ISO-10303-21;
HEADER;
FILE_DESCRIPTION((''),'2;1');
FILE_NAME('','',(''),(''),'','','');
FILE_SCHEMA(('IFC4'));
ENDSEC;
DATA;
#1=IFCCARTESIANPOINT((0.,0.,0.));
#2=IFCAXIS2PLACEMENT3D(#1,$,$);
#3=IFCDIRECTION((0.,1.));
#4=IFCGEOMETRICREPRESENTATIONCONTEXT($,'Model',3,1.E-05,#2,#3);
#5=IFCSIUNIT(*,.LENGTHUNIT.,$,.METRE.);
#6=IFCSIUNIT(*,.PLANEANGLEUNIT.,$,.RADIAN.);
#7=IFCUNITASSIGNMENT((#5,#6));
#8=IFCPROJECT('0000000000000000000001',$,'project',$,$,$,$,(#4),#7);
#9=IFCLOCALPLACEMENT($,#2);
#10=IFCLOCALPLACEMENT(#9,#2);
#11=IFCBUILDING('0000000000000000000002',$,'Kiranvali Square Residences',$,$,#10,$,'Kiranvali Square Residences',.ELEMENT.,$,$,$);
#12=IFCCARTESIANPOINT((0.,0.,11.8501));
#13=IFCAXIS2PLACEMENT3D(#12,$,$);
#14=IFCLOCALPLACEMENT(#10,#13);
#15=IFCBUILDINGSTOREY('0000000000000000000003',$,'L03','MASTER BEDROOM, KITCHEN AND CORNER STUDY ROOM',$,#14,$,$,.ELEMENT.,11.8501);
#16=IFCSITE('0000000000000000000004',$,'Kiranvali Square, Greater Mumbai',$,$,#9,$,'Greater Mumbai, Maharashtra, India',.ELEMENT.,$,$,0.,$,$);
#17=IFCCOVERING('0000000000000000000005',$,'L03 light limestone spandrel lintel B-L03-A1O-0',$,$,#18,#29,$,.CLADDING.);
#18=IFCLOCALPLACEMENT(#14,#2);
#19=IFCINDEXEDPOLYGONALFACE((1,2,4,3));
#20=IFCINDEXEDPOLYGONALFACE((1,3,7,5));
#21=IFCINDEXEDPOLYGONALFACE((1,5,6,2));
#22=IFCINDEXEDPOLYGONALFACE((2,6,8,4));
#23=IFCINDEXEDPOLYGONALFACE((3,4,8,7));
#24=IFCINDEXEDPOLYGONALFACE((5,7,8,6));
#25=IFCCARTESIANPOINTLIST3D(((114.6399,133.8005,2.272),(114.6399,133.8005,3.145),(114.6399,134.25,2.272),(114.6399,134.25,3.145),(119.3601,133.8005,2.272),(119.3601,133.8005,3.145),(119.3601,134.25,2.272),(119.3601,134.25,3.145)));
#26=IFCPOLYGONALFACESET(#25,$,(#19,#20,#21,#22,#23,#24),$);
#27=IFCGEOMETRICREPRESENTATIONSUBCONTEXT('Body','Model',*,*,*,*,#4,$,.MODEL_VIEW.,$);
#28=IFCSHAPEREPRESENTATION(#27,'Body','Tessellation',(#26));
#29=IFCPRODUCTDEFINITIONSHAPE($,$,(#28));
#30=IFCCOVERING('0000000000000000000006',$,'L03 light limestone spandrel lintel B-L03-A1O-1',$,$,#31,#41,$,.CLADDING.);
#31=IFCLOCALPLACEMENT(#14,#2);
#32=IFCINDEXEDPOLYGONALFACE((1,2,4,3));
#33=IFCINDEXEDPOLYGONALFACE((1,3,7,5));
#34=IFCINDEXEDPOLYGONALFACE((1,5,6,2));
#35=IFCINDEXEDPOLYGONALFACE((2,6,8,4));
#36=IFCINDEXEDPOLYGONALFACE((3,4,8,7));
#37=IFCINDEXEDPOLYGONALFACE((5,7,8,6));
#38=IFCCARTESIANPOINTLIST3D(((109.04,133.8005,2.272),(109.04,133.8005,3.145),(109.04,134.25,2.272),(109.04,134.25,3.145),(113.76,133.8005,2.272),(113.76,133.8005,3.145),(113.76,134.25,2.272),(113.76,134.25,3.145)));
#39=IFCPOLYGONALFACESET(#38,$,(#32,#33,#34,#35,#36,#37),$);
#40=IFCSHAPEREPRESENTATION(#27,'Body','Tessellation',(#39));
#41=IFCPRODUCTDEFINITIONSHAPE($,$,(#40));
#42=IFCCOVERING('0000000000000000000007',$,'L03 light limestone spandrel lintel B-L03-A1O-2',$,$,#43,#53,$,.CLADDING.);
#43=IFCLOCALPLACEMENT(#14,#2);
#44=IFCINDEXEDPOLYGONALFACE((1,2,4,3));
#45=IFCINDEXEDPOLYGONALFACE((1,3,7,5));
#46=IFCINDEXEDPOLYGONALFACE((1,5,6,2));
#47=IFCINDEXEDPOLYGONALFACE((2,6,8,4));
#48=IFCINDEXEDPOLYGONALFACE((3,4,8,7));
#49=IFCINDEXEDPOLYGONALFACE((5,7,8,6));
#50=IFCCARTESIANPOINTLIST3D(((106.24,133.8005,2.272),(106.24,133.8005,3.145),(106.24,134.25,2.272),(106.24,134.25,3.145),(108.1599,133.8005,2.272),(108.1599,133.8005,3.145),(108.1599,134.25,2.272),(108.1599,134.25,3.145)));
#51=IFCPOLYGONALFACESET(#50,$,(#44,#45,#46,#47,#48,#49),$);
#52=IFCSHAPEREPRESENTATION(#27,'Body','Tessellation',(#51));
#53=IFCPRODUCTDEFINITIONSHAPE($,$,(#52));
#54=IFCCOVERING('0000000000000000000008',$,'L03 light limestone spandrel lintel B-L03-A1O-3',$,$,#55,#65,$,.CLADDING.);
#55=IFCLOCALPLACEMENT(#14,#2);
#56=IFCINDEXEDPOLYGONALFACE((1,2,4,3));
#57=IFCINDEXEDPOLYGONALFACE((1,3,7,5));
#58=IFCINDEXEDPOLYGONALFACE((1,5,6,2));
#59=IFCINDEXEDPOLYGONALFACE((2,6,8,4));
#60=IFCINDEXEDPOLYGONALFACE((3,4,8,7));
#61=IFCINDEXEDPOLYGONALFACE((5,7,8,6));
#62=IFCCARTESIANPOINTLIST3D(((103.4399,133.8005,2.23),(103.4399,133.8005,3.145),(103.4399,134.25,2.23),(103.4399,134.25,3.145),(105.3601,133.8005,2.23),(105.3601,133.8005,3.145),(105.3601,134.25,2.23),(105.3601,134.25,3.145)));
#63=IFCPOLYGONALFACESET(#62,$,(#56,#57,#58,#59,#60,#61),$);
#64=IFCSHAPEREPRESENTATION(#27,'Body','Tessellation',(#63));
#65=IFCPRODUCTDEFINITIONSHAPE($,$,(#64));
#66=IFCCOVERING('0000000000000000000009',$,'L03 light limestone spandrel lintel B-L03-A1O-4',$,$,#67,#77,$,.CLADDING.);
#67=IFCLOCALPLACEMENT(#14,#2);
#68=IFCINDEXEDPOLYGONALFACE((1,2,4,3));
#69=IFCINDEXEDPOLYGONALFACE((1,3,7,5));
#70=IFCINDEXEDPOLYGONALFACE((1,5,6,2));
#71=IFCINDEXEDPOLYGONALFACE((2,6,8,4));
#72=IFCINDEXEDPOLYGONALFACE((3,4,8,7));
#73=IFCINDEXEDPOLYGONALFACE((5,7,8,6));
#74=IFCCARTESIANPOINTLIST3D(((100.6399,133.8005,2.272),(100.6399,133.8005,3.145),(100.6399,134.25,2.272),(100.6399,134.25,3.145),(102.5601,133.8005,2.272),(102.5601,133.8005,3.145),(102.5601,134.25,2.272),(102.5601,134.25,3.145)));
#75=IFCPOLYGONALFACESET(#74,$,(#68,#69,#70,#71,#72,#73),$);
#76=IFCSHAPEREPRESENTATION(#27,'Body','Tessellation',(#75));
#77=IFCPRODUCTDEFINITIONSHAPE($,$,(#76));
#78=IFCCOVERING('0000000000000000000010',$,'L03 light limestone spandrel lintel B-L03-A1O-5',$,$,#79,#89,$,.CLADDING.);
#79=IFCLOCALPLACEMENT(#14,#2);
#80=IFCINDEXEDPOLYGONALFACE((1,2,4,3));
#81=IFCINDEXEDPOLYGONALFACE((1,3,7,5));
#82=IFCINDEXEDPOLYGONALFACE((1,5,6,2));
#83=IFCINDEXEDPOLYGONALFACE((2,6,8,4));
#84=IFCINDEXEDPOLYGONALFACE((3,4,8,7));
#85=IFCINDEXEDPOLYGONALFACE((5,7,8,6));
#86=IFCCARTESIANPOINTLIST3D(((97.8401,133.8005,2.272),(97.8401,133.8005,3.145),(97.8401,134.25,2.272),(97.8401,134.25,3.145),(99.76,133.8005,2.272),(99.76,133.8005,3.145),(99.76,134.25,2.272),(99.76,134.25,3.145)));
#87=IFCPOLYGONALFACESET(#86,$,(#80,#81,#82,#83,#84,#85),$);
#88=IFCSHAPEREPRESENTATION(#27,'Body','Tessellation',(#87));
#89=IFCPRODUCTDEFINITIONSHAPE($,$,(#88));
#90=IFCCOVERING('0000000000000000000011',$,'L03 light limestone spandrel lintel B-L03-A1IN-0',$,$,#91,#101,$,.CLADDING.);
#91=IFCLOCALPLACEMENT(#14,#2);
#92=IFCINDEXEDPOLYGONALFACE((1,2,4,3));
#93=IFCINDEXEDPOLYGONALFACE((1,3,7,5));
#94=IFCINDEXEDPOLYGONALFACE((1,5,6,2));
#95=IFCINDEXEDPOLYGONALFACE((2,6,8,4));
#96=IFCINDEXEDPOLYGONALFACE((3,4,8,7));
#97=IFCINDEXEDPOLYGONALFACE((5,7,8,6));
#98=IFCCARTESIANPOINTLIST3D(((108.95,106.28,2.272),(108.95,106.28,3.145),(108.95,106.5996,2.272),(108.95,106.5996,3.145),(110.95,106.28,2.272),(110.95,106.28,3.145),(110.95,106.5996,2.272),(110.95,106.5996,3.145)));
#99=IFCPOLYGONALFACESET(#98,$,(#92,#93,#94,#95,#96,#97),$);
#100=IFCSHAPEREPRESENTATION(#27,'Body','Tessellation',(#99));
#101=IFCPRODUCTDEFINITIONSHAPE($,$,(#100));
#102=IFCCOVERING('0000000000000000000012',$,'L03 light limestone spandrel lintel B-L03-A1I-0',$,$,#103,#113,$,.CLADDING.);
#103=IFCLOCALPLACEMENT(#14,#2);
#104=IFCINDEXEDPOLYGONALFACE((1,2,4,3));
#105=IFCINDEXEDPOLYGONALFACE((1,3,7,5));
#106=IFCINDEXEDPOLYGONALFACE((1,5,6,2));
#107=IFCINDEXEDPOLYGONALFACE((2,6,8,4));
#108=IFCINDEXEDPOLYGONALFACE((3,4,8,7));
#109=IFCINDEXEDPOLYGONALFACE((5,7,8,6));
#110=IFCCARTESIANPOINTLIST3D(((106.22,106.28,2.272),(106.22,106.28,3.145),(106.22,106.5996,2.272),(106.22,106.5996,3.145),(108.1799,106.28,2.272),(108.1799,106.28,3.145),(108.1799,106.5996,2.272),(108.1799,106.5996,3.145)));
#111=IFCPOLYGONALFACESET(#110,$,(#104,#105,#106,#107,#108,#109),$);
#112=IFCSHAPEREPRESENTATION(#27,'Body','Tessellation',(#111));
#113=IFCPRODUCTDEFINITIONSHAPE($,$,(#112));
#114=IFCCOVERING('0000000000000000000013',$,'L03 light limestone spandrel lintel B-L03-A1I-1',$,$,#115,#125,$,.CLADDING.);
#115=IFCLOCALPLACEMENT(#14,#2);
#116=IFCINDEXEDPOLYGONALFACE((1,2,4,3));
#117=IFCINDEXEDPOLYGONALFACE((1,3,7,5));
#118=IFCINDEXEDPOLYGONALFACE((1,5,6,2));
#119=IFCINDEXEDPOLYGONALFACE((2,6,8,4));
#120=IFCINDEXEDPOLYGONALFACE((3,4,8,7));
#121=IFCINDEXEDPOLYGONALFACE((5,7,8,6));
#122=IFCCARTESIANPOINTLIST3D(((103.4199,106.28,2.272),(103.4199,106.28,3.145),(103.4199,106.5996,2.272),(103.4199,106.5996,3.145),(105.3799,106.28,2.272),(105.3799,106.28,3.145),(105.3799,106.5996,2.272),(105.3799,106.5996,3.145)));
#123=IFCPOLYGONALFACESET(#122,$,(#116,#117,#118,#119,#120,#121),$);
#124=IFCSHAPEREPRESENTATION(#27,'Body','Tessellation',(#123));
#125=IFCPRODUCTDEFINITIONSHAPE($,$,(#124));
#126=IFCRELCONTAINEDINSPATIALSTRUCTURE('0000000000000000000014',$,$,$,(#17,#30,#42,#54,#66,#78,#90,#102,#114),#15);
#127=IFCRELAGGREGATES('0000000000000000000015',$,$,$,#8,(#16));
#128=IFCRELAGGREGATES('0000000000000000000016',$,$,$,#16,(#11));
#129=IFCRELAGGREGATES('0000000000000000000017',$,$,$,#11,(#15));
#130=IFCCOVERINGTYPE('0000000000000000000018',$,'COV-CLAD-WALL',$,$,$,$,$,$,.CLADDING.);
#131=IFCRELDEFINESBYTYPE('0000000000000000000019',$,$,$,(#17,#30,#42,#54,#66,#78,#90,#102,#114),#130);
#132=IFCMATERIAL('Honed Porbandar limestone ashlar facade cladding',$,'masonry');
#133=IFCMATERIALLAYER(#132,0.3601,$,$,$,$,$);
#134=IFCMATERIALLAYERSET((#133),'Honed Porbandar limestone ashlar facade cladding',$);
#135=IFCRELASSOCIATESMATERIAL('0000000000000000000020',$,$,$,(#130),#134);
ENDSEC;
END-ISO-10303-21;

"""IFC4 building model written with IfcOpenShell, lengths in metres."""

from ifc_helpers import new_model, si_unit, direction, frame, origin, place, context, subcontext, project, spatial, polyline, outline, extrude, material, layer, layer_set, type_object, element, save


model = new_model("IFC4")

# Units and contexts
model_context = context("Model", 3, precision=1e-05, world=origin(), true_north=direction((0.0, 1.0)))
body_context = subcontext(model_context, "Body", "Model", "MODEL_VIEW")
ifc_project = project(units=[si_unit("LENGTHUNIT", "METRE"), si_unit("PLANEANGLEUNIT", "RADIAN")], contexts=[model_context])

# Site, building, storey
site_placement = place(None, origin())
site = spatial("IfcSite", under=ifc_project, at=site_placement, Name="Kiranvali Square, Greater Mumbai", LongName="Greater Mumbai, Maharashtra, India", CompositionType="ELEMENT", RefElevation=0.0)
building_placement = place(site_placement, origin())
building = spatial("IfcBuilding", under=site, at=building_placement, Name="Kiranvali Square Residences", LongName="Kiranvali Square Residences", CompositionType="ELEMENT")
storey_placement = place(building_placement, frame((0.0, 0.0, 11.8501)))
storey = spatial("IfcBuildingStorey", under=building, at=storey_placement, Name="L03", Description="MASTER BEDROOM, KITCHEN AND CORNER STUDY ROOM", CompositionType="ELEMENT", Elevation=11.8501)

# Coverings
ifc_material = material(Name="Honed Porbandar limestone ashlar facade cladding", Category="masonry")
ifc_layer = layer(ifc_material, 0.3601)
ifc_layer_set = layer_set([ifc_layer], Name="Honed Porbandar limestone ashlar facade cladding")
covering_type = type_object("IfcCoveringType", Name="COV-CLAD-WALL", PredefinedType="CLADDING", material=ifc_layer_set)
covering_1_placement = place(storey_placement, frame((0.0, 0.0, 2.272)))
element("IfcCovering", 1, at=covering_1_placement, inside=storey, type_object=covering_type, Name="L03 light limestone spandrel lintel B-L03-A1O-0", PredefinedType="CLADDING", context=body_context, shape_type="SweptSolid", body=[
    extrude(outline(polyline([(119.3601, 134.25), (114.6399, 134.25), (114.6399, 133.8005), (119.3601, 133.8005), (119.3601, 134.25)])), origin(), (0.0, 0.0, 1.0), 0.873),
])
covering_2_placement = place(storey_placement, frame((0.0, 0.0, 2.272)))
element("IfcCovering", 2, at=covering_2_placement, inside=storey, type_object=covering_type, Name="L03 light limestone spandrel lintel B-L03-A1O-1", PredefinedType="CLADDING", context=body_context, shape_type="SweptSolid", body=[
    extrude(outline(polyline([(113.76, 134.25), (109.04, 134.25), (109.04, 133.8005), (113.76, 133.8005), (113.76, 134.25)])), origin(), (0.0, 0.0, 1.0), 0.873),
])
covering_3_placement = place(storey_placement, frame((0.0, 0.0, 2.272)))
element("IfcCovering", 3, at=covering_3_placement, inside=storey, type_object=covering_type, Name="L03 light limestone spandrel lintel B-L03-A1O-2", PredefinedType="CLADDING", context=body_context, shape_type="SweptSolid", body=[
    extrude(outline(polyline([(108.1599, 134.25), (106.24, 134.25), (106.24, 133.8005), (108.1599, 133.8005), (108.1599, 134.25)])), origin(), (0.0, 0.0, 1.0), 0.873),
])
covering_4_placement = place(storey_placement, frame((0.0, 0.0, 2.23)))
element("IfcCovering", 4, at=covering_4_placement, inside=storey, type_object=covering_type, Name="L03 light limestone spandrel lintel B-L03-A1O-3", PredefinedType="CLADDING", context=body_context, shape_type="SweptSolid", body=[
    extrude(outline(polyline([(105.3601, 134.25), (103.4399, 134.25), (103.4399, 133.8005), (105.3601, 133.8005), (105.3601, 134.25)])), origin(), (0.0, 0.0, 1.0), 0.915),
])
covering_5_placement = place(storey_placement, frame((0.0, 0.0, 2.272)))
element("IfcCovering", 5, at=covering_5_placement, inside=storey, type_object=covering_type, Name="L03 light limestone spandrel lintel B-L03-A1O-4", PredefinedType="CLADDING", context=body_context, shape_type="SweptSolid", body=[
    extrude(outline(polyline([(102.5601, 134.25), (100.6399, 134.25), (100.6399, 133.8005), (102.5601, 133.8005), (102.5601, 134.25)])), origin(), (0.0, 0.0, 1.0), 0.873),
])
covering_6_placement = place(storey_placement, frame((0.0, 0.0, 2.272)))
element("IfcCovering", 6, at=covering_6_placement, inside=storey, type_object=covering_type, Name="L03 light limestone spandrel lintel B-L03-A1O-5", PredefinedType="CLADDING", context=body_context, shape_type="SweptSolid", body=[
    extrude(outline(polyline([(99.76, 134.25), (97.8401, 134.25), (97.8401, 133.8005), (99.76, 133.8005), (99.76, 134.25)])), origin(), (0.0, 0.0, 1.0), 0.873),
])
covering_7_placement = place(storey_placement, frame((0.0, 0.0, 2.272)))
element("IfcCovering", 7, at=covering_7_placement, inside=storey, type_object=covering_type, Name="L03 light limestone spandrel lintel B-L03-A1IN-0", PredefinedType="CLADDING", context=body_context, shape_type="SweptSolid", body=[
    extrude(outline(polyline([(110.95, 106.5996), (108.95, 106.5996), (108.95, 106.28), (110.95, 106.28), (110.95, 106.5996)])), origin(), (0.0, 0.0, 1.0), 0.873),
])
covering_8_placement = place(storey_placement, frame((0.0, 0.0, 2.272)))
element("IfcCovering", 8, at=covering_8_placement, inside=storey, type_object=covering_type, Name="L03 light limestone spandrel lintel B-L03-A1I-0", PredefinedType="CLADDING", context=body_context, shape_type="SweptSolid", body=[
    extrude(outline(polyline([(108.1799, 106.5996), (106.22, 106.5996), (106.22, 106.28), (108.1799, 106.28), (108.1799, 106.5996)])), origin(), (0.0, 0.0, 1.0), 0.873),
])
covering_9_placement = place(storey_placement, frame((0.0, 0.0, 2.272)))
element("IfcCovering", 9, at=covering_9_placement, inside=storey, type_object=covering_type, Name="L03 light limestone spandrel lintel B-L03-A1I-1", PredefinedType="CLADDING", context=body_context, shape_type="SweptSolid", body=[
    extrude(outline(polyline([(105.3799, 106.5996), (103.4199, 106.5996), (103.4199, 106.28), (105.3799, 106.28), (105.3799, 106.5996)])), origin(), (0.0, 0.0, 1.0), 0.873),
])

save(model, "model.ifc")
